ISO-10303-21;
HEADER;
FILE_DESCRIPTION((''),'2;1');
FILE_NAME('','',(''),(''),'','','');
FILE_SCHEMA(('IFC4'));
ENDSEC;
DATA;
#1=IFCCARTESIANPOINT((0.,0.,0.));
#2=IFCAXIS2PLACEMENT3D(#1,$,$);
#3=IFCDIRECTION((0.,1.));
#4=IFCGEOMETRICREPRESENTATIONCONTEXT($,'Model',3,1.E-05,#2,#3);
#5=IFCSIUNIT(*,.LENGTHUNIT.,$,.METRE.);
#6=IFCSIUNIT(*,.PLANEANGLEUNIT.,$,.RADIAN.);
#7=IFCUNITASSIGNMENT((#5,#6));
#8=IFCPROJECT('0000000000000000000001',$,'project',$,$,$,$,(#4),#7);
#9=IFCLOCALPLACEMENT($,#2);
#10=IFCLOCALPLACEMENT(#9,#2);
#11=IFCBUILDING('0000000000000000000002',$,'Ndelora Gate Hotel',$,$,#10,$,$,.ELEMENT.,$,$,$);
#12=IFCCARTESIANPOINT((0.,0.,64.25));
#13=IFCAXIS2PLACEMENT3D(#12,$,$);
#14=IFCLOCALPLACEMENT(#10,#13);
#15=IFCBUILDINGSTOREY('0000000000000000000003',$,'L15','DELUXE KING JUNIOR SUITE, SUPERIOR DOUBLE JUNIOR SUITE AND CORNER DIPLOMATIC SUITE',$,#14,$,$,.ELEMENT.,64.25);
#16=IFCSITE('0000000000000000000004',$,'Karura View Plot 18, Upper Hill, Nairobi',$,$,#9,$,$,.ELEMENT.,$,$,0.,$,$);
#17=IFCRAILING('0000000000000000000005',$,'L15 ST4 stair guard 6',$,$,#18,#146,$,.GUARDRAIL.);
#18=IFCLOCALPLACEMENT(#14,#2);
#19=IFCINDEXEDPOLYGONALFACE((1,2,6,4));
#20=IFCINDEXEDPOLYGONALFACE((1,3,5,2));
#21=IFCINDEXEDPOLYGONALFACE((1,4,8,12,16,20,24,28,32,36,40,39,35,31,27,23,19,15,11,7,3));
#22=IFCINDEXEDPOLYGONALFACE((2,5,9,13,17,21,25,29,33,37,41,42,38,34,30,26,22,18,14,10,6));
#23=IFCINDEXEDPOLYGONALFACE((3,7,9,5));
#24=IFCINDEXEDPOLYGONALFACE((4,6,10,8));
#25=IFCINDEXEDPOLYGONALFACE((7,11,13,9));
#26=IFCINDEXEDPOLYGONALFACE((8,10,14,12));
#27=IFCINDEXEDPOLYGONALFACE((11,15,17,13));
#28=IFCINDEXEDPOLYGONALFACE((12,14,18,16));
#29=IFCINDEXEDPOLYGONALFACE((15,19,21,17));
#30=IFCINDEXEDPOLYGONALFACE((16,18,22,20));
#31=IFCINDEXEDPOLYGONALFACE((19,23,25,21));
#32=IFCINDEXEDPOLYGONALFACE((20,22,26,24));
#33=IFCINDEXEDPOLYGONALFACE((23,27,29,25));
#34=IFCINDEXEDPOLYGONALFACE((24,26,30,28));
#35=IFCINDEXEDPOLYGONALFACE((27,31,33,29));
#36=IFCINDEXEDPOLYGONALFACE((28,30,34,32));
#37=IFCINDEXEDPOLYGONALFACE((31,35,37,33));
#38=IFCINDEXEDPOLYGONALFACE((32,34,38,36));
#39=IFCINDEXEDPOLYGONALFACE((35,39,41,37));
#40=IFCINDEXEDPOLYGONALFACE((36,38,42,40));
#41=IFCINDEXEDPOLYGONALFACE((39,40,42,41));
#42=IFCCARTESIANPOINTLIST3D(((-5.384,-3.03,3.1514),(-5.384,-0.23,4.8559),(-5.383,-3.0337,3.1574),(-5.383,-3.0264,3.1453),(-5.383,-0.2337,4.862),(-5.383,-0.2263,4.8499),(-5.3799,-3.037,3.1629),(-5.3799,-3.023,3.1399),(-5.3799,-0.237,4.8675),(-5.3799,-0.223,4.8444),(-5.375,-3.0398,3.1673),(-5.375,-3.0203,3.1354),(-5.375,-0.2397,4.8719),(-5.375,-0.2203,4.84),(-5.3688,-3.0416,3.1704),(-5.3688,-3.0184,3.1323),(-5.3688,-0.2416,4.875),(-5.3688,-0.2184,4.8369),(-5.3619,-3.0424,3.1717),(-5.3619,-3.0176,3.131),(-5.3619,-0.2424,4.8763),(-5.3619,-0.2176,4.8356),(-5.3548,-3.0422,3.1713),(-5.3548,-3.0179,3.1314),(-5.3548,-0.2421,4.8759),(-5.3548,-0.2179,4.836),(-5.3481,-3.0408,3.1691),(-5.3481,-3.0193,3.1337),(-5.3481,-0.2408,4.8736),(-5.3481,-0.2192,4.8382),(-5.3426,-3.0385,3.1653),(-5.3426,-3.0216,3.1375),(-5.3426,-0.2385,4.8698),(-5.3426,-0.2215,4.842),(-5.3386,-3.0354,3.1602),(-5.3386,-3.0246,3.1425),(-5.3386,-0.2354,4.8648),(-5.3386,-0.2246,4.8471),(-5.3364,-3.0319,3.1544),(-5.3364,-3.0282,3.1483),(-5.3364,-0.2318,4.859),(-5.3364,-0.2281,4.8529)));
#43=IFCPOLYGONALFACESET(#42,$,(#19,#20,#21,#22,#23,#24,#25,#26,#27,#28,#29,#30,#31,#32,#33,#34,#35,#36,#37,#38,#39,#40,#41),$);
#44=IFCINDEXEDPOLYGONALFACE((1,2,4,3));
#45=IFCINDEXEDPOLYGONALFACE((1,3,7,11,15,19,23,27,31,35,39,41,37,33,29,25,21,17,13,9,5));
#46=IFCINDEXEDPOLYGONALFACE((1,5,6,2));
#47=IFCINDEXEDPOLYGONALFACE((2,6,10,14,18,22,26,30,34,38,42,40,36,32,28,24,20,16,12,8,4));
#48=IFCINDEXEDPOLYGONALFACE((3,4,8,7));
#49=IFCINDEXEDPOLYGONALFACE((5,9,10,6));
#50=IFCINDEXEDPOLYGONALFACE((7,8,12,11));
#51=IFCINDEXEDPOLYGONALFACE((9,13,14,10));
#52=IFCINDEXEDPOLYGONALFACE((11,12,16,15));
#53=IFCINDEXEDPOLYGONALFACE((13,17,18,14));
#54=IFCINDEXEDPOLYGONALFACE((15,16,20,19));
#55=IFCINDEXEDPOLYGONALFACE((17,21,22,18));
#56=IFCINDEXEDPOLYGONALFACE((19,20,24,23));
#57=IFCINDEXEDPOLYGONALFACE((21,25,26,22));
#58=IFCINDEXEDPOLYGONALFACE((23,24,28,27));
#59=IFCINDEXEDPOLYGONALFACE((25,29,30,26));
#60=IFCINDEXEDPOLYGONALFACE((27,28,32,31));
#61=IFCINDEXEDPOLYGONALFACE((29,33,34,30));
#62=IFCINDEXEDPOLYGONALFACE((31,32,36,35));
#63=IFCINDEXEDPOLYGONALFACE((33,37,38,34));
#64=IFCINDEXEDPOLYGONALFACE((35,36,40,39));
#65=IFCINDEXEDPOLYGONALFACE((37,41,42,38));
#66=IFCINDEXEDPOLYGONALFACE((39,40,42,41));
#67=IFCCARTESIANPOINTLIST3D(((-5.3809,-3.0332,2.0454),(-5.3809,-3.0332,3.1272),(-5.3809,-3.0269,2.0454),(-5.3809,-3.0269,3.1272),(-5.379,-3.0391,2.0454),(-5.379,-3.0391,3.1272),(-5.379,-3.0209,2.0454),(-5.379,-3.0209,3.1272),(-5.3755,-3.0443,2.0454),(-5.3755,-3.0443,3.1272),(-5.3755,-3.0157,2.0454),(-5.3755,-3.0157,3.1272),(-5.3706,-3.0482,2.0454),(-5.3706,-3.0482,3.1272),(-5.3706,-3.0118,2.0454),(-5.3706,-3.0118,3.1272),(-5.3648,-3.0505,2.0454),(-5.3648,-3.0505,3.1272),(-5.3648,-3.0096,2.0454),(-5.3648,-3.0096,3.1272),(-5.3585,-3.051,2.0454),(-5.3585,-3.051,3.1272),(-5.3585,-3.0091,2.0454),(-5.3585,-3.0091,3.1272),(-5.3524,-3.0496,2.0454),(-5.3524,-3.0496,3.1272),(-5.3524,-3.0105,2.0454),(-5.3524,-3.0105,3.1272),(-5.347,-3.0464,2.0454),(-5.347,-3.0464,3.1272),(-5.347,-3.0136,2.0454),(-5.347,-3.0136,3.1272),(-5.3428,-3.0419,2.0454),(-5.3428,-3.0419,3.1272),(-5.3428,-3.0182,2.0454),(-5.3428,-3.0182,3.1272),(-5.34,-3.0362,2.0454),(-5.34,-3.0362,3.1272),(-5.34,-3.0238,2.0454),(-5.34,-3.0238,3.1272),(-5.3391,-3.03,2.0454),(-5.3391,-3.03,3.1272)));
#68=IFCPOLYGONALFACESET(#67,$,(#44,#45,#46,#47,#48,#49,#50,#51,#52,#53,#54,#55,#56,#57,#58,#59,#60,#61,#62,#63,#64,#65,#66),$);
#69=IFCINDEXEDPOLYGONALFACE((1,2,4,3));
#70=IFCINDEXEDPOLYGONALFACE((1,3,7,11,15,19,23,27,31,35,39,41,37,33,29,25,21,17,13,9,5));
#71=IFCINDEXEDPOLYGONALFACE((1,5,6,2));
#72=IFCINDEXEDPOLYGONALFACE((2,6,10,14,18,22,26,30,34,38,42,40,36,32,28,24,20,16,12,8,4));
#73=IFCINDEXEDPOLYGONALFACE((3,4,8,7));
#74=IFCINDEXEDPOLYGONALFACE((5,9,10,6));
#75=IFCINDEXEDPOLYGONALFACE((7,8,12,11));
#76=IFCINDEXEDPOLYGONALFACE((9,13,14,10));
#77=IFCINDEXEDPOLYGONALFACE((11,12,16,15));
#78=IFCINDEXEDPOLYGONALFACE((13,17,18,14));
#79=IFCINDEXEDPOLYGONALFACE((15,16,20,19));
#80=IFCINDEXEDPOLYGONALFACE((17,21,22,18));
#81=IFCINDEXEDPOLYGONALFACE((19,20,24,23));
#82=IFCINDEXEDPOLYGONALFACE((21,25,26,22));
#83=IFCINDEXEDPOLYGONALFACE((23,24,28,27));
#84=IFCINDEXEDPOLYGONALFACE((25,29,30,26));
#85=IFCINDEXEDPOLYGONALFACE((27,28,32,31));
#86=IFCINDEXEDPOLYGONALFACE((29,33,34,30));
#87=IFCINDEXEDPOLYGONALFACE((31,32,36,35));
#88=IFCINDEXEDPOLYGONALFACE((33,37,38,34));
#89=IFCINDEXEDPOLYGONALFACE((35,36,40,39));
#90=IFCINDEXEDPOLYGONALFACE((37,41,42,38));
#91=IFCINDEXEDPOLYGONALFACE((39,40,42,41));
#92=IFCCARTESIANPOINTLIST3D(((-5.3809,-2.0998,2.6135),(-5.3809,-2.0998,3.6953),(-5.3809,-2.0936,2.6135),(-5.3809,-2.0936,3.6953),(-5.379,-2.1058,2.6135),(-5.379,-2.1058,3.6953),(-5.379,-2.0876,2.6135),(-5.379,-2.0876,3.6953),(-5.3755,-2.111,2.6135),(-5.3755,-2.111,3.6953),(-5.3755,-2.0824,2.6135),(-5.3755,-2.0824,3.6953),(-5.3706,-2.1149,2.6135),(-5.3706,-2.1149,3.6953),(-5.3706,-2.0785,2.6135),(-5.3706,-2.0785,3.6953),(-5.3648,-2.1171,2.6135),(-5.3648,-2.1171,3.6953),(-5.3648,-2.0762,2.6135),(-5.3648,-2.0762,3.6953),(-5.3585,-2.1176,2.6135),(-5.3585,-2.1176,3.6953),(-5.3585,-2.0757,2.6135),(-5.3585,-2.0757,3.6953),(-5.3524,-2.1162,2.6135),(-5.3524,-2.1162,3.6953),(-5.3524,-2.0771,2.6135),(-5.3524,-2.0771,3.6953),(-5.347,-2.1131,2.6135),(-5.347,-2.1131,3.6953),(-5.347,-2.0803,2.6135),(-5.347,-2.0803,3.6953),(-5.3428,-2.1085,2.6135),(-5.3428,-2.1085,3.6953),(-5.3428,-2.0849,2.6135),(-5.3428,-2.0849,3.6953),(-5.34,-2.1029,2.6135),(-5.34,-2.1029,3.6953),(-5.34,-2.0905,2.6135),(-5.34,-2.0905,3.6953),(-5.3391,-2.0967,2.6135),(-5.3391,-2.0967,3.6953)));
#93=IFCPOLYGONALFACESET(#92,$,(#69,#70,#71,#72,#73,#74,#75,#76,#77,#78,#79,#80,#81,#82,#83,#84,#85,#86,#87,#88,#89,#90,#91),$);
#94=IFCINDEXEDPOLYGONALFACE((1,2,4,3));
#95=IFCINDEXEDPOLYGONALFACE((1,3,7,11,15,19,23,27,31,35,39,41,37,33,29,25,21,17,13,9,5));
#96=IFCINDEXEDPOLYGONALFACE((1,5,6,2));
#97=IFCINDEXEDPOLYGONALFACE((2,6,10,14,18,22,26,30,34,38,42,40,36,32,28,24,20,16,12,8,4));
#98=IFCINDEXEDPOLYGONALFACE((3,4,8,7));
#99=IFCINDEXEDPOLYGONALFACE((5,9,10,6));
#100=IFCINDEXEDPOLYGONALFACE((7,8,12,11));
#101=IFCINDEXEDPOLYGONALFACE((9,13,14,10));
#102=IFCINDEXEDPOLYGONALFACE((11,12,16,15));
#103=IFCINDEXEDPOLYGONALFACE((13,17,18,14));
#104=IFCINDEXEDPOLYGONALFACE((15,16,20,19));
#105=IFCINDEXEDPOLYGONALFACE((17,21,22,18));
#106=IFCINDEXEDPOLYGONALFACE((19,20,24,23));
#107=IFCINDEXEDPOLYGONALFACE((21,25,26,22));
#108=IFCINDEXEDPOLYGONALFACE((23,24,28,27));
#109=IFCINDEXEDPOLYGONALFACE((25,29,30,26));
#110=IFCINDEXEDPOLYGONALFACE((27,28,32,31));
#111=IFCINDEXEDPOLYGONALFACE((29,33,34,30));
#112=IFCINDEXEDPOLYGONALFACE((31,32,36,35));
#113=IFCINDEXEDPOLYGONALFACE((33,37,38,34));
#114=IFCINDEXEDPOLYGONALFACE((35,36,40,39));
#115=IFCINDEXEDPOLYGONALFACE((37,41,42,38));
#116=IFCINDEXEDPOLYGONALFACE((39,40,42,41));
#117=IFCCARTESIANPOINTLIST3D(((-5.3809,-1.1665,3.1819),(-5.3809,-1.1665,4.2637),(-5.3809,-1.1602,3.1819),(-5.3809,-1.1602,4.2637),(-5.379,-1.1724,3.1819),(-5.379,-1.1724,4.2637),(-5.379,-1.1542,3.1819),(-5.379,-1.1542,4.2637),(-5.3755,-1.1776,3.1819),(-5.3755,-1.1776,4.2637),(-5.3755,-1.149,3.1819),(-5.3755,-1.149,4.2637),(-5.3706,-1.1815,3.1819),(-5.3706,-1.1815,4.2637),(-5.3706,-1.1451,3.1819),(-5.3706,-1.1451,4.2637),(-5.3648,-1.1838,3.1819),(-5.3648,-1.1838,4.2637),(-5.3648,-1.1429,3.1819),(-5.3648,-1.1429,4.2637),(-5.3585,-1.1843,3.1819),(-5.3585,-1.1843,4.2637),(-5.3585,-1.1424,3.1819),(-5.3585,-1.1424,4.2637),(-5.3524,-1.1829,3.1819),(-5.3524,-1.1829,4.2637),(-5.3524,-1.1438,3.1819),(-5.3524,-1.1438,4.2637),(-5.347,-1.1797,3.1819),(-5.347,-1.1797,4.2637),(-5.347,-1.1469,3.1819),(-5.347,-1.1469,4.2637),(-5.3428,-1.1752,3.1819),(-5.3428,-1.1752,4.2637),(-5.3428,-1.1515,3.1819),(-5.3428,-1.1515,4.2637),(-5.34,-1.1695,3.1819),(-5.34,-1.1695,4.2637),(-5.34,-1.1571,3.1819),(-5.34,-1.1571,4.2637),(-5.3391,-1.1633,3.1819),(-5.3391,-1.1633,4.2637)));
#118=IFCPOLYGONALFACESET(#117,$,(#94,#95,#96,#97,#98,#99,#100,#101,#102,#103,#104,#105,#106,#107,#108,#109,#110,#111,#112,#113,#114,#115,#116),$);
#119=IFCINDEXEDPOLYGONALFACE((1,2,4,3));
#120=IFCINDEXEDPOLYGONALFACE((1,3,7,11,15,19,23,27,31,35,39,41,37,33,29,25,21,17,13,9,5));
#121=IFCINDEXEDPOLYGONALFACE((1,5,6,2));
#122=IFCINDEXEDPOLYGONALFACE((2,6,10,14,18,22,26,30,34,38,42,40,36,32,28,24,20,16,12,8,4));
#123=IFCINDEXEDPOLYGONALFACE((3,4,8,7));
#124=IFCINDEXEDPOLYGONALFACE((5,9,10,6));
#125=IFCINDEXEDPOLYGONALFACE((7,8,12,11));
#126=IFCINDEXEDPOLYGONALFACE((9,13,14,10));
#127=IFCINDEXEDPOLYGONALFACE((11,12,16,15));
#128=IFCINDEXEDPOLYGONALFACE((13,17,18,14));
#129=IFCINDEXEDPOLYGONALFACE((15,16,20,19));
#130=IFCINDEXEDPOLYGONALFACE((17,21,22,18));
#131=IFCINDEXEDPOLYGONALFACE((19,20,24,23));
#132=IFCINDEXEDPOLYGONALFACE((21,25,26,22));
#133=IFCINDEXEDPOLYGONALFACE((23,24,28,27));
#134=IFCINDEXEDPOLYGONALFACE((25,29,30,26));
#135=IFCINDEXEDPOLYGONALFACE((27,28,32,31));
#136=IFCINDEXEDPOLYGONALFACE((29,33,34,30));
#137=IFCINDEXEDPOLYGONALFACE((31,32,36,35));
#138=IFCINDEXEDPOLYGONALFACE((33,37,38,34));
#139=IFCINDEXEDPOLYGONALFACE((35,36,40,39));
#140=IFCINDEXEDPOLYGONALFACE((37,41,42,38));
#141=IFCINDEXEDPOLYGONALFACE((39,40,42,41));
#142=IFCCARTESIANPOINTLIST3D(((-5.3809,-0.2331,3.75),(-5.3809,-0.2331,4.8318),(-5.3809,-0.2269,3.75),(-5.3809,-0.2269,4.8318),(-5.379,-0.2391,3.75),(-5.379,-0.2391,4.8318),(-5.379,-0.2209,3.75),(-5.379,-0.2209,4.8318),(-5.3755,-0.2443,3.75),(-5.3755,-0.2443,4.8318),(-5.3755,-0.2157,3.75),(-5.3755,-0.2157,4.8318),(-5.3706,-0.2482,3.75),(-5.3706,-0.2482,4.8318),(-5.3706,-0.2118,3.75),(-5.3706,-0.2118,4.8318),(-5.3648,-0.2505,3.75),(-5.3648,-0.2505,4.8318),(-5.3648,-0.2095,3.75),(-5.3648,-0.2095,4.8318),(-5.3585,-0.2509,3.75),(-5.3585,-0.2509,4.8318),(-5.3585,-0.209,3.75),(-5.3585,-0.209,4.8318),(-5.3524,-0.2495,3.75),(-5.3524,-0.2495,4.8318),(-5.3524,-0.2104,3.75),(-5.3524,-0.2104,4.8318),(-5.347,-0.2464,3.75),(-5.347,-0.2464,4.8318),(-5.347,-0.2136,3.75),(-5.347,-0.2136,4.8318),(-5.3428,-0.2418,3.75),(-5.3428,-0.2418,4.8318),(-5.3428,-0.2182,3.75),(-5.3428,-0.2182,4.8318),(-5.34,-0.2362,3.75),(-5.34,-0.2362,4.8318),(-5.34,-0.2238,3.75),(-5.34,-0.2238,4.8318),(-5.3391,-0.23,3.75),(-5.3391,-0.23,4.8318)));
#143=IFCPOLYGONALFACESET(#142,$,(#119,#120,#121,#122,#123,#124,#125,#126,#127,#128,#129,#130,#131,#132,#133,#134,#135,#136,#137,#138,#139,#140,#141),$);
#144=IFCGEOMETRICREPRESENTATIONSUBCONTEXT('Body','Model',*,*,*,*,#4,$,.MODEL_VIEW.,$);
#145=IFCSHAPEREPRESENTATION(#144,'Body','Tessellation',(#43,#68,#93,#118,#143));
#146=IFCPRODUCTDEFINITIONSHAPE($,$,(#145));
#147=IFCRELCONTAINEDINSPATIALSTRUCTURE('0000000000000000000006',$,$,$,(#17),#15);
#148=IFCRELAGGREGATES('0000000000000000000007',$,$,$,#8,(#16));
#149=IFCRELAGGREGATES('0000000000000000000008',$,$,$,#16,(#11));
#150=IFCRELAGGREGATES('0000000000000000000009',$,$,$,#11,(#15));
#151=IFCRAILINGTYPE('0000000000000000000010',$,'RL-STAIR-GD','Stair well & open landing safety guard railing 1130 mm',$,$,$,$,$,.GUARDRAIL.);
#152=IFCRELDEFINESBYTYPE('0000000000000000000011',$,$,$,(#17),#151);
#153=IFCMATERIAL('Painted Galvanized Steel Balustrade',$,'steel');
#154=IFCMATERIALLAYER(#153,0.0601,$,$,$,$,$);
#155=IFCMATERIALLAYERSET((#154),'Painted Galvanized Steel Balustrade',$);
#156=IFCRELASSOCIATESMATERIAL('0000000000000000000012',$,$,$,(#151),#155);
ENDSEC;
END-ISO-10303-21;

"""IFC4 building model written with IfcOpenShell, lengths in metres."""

from ifc_helpers import new_model, si_unit, direction, frame, origin, origin_2d, place, context, subcontext, project, spatial, circle, extrude, material, layer, layer_set, type_object, element, save


model = new_model("IFC4")

# Units and contexts
model_context = context("Model", 3, precision=1e-05, world=origin(), true_north=direction((0.0, 1.0)))
body_context = subcontext(model_context, "Body", "Model", "MODEL_VIEW")
ifc_project = project(units=[si_unit("LENGTHUNIT", "METRE"), si_unit("PLANEANGLEUNIT", "RADIAN")], contexts=[model_context])

# Site, building, storey
site_placement = place(None, origin())
site = spatial("IfcSite", under=ifc_project, at=site_placement, Name="Karura View Plot 18, Upper Hill, Nairobi", CompositionType="ELEMENT", RefElevation=0.0)
building_placement = place(site_placement, origin())
building = spatial("IfcBuilding", under=site, at=building_placement, Name="Ndelora Gate Hotel", CompositionType="ELEMENT")
storey_placement = place(building_placement, frame((0.0, 0.0, 64.25)))
storey = spatial("IfcBuildingStorey", under=building, at=storey_placement, Name="L15", Description="DELUXE KING JUNIOR SUITE, SUPERIOR DOUBLE JUNIOR SUITE AND CORNER DIPLOMATIC SUITE", CompositionType="ELEMENT", Elevation=64.25)

# Railing
ifc_material_1 = material(Name="Painted Galvanized Steel Balustrade", Category="steel")
ifc_layer_1 = layer(ifc_material_1, 0.0601)
ifc_layer_set_1 = layer_set([ifc_layer_1], Name="Painted Galvanized Steel Balustrade")
railing_type_1 = type_object("IfcRailingType", Name="RL-STAIR-GD", Description="Stair well & open landing safety guard railing 1130 mm", PredefinedType="GUARDRAIL", material=ifc_layer_set_1)
railing_1_placement = place(storey_placement, frame((-5.3601, -3.03, 2.0454)))
element("IfcRailing", 1, at=railing_1_placement, inside=storey, type_object=railing_type_1, Name="L15 ST4 stair guard 6", PredefinedType="GUARDRAIL", context=body_context, shape_type="SweptSolid", body=[
    extrude(circle(Radius=0.0239, at=origin_2d()), frame((0.0, 0.0, 1.106), z_axis=(0.0, 0.85417, 0.519994), x_axis=(-1.0, 0.0, 0.0)), (0.0, 0.0, 1.0), 3.2781),
    extrude(circle(Radius=0.021, at=origin_2d()), origin(), (0.0, 0.0, 1.0), 1.0818),
    extrude(circle(Radius=0.021, at=origin_2d()), frame((0.0, 0.9333, 0.5681)), (0.0, 0.0, 1.0), 1.0818),
    extrude(circle(Radius=0.021, at=origin_2d()), frame((0.0, 1.8667, 1.1365)), (0.0, 0.0, 1.0), 1.0818),
    extrude(circle(Radius=0.021, at=origin_2d()), frame((0.0, 2.8, 1.7046)), (0.0, 0.0, 1.0), 1.0818),
])

save(model, "model.ifc")
